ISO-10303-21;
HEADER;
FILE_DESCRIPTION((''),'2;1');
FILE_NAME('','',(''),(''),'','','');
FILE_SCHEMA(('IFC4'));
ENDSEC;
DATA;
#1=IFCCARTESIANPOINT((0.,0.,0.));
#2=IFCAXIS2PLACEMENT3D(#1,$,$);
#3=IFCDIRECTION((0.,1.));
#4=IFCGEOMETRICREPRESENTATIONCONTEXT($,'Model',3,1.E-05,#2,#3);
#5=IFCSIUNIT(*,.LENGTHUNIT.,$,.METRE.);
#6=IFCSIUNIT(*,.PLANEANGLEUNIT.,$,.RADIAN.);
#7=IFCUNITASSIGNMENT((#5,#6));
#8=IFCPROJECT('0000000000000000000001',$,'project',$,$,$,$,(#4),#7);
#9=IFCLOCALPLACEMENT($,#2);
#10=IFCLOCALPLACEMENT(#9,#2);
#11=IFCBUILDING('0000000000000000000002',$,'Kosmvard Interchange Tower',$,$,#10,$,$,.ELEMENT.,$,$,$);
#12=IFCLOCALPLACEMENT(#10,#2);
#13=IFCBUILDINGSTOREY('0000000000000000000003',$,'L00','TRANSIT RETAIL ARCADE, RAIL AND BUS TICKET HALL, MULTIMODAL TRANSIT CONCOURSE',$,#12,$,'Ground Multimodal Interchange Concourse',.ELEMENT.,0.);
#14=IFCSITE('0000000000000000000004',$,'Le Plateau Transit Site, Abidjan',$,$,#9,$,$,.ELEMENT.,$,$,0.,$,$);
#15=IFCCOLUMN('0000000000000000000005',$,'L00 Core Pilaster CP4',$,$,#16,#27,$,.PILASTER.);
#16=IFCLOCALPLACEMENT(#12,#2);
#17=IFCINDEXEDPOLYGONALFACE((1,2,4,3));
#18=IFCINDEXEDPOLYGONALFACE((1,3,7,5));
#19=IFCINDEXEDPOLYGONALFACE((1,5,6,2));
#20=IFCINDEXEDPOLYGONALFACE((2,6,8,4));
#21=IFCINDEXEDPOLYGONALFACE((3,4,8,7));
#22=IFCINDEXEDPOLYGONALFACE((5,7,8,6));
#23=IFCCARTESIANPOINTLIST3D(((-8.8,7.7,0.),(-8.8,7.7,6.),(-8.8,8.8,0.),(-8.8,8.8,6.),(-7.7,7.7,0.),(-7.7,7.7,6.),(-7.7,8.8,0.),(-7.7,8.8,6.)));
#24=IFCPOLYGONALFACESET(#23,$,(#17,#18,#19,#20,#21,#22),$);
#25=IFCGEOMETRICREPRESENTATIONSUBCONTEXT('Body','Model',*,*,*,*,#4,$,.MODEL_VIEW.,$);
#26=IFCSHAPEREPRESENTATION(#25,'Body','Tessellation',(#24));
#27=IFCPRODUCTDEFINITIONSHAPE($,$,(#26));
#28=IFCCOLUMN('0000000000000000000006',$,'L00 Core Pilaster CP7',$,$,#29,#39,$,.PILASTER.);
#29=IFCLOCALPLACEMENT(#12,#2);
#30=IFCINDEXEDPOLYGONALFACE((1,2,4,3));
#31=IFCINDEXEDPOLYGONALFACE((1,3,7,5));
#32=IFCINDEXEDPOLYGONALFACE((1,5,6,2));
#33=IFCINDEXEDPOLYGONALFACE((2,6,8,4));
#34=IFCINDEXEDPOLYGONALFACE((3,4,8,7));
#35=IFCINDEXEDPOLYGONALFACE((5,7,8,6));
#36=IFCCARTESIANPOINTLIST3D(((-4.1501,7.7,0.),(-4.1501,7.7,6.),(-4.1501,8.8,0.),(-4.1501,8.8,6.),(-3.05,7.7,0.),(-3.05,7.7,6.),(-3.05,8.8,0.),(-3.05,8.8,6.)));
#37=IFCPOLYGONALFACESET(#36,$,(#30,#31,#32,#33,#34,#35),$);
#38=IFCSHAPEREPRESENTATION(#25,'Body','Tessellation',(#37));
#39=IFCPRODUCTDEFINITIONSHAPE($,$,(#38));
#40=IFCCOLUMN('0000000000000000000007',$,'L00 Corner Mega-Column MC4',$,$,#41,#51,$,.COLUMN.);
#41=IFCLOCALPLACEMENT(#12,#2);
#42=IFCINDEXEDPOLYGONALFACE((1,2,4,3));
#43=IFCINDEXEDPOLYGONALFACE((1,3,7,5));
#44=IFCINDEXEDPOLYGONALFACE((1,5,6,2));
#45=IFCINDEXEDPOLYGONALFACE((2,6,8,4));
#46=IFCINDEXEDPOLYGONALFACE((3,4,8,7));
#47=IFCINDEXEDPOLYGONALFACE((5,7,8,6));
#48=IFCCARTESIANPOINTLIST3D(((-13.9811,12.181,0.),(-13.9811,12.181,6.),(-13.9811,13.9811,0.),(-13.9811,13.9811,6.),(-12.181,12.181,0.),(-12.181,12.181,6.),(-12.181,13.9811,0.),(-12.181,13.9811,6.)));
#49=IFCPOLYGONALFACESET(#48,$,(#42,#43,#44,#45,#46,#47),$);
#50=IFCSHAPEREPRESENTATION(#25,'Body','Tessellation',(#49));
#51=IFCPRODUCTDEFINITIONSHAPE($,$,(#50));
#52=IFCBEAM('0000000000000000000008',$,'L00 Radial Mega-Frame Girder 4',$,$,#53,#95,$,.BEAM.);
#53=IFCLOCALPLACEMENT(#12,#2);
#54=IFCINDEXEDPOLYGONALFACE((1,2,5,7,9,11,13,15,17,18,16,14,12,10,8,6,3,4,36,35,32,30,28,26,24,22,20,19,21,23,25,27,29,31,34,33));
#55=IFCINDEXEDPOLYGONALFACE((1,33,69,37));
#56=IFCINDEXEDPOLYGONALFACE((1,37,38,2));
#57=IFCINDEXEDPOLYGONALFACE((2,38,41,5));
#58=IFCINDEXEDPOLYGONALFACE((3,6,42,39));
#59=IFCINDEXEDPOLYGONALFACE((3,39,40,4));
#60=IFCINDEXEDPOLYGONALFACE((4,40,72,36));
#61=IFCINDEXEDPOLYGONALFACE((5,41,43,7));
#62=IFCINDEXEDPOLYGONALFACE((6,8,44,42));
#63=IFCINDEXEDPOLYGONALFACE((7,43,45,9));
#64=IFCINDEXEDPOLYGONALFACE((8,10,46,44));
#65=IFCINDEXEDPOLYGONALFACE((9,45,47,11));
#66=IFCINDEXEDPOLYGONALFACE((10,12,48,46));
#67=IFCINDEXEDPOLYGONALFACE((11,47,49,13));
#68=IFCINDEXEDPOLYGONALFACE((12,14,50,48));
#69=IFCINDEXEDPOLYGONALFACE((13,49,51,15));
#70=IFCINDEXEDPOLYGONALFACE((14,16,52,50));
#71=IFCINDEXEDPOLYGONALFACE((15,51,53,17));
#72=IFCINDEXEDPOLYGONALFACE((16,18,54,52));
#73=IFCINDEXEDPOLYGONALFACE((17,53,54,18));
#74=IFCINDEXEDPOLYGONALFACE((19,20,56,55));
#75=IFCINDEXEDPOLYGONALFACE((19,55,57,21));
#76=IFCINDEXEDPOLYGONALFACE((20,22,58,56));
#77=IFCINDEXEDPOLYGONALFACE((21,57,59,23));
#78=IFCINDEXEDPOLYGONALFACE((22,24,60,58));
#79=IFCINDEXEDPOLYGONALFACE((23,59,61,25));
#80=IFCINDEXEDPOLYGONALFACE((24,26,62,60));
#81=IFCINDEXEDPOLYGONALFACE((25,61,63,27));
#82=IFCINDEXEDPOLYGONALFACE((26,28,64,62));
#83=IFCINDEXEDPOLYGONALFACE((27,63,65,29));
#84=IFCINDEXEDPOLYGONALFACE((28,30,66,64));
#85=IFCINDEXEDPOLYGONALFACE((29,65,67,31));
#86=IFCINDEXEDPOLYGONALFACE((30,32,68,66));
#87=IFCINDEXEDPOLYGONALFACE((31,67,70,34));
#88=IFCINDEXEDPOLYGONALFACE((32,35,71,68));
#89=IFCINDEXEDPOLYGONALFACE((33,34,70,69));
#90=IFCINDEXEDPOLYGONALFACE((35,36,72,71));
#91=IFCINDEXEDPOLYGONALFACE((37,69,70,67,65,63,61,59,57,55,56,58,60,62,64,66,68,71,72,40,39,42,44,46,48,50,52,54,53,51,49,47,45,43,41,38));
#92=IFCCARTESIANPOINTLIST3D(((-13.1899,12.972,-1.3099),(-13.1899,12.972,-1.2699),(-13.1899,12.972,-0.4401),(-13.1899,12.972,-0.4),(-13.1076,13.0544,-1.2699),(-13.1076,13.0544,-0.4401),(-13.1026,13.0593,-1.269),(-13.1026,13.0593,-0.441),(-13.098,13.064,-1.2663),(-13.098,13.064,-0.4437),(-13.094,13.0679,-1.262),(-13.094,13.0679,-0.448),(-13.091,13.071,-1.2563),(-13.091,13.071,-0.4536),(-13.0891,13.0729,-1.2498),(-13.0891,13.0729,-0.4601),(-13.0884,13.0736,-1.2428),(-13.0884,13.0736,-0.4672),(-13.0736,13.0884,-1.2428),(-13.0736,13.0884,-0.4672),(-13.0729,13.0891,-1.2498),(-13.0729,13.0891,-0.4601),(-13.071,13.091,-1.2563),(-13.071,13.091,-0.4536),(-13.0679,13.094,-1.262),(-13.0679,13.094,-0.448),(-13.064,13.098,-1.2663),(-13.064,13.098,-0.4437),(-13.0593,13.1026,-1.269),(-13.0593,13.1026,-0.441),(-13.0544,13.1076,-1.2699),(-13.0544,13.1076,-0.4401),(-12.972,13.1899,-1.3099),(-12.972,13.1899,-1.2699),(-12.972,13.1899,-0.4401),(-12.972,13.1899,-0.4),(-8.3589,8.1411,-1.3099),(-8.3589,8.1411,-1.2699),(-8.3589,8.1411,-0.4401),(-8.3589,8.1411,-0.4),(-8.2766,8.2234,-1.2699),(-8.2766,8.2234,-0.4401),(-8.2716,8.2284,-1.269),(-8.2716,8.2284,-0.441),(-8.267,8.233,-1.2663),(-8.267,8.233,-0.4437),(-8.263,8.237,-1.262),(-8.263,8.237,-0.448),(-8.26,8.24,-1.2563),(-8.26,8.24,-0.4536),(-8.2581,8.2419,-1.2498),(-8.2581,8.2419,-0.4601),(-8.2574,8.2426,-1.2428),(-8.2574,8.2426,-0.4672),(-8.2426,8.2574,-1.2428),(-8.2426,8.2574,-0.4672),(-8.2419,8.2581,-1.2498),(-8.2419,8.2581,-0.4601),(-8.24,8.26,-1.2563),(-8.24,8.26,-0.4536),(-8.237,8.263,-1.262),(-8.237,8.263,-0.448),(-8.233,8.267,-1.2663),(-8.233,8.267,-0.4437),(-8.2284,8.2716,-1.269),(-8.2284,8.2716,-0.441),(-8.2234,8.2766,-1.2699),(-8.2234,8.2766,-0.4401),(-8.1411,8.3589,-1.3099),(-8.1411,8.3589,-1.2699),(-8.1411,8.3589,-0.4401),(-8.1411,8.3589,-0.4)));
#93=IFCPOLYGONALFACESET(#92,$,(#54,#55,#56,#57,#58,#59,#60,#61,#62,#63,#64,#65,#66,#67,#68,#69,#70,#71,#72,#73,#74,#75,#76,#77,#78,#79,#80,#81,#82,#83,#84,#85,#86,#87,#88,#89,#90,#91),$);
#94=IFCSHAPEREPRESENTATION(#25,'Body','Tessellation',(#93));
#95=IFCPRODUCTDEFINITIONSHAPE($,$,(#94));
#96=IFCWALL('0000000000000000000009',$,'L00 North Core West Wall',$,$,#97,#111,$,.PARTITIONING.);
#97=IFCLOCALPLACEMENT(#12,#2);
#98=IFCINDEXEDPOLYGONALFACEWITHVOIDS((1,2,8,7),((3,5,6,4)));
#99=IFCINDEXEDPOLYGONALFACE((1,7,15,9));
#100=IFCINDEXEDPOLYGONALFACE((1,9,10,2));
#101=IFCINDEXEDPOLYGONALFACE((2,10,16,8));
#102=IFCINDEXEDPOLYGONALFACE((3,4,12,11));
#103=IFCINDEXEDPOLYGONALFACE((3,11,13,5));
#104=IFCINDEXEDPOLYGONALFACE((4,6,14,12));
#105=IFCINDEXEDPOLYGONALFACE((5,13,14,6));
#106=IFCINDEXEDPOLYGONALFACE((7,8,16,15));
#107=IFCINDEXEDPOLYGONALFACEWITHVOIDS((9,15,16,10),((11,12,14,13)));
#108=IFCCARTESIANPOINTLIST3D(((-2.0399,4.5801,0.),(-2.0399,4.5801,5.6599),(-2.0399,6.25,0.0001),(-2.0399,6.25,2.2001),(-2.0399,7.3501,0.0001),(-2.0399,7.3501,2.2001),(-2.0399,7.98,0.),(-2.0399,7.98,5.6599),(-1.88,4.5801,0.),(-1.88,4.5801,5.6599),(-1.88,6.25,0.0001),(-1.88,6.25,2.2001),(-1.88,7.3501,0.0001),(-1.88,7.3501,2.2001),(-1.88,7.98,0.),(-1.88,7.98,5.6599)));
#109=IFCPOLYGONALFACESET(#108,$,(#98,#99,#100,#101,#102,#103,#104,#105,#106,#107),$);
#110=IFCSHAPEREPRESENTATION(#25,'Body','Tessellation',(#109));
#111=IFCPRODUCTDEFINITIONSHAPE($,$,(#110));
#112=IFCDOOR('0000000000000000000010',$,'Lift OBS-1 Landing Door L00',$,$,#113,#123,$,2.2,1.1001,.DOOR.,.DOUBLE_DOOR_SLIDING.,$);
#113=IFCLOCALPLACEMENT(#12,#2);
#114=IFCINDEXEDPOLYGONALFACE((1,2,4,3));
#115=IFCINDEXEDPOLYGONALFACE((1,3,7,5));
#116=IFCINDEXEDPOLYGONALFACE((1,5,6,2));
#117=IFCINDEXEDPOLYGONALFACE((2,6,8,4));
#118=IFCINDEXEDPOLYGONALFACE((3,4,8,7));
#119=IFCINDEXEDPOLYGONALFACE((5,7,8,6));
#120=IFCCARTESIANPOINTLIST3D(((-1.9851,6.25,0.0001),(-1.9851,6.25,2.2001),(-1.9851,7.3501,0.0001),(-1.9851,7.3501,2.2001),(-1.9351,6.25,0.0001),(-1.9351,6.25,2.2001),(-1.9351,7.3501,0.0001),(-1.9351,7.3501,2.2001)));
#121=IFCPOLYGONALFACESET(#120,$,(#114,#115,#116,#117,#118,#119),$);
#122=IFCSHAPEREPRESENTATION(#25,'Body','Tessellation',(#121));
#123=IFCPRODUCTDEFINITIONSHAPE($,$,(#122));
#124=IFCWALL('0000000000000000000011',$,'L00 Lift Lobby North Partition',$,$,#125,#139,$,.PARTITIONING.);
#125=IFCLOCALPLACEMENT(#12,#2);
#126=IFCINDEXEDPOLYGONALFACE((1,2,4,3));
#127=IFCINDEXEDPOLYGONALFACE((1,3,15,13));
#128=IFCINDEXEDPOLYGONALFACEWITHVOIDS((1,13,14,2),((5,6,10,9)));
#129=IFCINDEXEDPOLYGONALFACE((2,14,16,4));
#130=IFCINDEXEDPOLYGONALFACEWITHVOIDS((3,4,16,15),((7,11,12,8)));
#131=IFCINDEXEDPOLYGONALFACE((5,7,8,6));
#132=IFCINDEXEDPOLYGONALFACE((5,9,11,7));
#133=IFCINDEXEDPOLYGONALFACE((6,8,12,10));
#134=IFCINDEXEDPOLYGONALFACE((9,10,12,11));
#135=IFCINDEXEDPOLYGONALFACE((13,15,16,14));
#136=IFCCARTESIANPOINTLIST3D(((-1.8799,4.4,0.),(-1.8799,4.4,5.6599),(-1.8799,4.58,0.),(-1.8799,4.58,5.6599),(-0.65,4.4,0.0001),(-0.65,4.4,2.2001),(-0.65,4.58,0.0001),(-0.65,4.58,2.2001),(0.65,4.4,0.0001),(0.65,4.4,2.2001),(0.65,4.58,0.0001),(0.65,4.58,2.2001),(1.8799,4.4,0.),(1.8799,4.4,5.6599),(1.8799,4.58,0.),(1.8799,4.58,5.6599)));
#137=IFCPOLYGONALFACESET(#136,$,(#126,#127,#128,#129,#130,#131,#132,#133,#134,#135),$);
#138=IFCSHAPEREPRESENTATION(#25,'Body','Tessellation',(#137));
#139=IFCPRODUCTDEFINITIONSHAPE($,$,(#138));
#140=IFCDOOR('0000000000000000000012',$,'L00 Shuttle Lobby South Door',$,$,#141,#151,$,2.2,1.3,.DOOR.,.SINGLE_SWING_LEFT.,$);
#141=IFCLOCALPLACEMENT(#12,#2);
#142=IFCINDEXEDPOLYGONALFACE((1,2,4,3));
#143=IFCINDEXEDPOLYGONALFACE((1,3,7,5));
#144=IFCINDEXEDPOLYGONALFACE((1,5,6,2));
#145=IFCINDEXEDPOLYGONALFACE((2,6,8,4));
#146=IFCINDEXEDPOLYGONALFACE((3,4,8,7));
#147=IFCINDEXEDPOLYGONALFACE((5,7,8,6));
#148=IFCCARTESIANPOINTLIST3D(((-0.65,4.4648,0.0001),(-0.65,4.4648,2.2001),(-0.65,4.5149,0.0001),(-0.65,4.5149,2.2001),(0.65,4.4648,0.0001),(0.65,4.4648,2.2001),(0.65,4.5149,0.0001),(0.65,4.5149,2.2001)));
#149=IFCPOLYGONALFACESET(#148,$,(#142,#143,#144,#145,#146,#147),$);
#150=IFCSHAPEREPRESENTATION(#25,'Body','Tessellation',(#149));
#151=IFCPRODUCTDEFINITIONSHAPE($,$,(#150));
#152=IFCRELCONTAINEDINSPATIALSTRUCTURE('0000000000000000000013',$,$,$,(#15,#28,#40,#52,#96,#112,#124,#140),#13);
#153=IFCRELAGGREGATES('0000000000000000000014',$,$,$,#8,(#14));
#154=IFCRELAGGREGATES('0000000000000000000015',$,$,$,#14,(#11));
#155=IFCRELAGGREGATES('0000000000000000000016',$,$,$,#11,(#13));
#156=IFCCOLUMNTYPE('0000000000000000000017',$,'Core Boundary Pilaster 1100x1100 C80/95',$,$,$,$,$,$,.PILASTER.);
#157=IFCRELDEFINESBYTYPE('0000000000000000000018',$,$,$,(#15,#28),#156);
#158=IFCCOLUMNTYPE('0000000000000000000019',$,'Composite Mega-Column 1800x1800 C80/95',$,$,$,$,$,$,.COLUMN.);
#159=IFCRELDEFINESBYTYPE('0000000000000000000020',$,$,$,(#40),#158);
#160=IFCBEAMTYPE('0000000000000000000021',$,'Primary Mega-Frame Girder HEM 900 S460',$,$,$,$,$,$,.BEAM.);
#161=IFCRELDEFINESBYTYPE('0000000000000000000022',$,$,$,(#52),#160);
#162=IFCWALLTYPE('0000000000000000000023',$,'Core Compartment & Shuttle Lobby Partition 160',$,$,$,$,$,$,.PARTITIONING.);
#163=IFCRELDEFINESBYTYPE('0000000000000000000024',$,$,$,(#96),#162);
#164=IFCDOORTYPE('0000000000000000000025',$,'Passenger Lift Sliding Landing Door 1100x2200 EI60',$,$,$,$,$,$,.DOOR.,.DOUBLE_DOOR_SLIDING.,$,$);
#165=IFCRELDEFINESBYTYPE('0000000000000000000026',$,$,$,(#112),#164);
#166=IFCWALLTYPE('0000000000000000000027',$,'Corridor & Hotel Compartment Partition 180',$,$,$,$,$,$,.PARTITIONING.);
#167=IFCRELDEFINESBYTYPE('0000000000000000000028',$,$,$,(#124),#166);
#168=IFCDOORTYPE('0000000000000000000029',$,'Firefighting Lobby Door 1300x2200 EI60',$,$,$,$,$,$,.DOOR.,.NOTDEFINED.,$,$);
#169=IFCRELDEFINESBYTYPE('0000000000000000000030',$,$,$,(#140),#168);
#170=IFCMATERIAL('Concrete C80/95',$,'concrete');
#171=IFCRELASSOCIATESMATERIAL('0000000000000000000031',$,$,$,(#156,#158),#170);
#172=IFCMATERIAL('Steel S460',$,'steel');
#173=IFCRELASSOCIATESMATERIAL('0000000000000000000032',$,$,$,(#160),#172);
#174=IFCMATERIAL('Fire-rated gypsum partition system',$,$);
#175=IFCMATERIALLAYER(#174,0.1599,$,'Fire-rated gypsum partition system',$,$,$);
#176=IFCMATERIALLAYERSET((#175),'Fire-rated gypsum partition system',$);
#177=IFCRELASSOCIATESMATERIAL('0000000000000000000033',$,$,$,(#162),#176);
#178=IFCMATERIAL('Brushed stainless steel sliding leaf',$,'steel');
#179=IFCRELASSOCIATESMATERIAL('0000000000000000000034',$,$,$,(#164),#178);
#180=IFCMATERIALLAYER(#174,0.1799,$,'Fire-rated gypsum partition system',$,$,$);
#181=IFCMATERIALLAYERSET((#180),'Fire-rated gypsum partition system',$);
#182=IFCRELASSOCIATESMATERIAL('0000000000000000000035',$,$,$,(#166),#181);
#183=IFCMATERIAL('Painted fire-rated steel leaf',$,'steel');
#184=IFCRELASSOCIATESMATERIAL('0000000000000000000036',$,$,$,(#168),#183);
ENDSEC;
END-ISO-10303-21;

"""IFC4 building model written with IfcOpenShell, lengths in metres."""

from ifc_helpers import new_model, si_unit, direction, frame, frame_2d, origin, origin_2d, place, context, subcontext, project, spatial, rectangle, i_section, extrude, source, transform, mapped, material, layer, layer_set, material_profile, profile_set, type_object, element, fill, save


model = new_model("IFC4")

# Units and contexts
model_context = context("Model", 3, precision=1e-05, world=origin(), true_north=direction((0.0, 1.0)))
body_context = subcontext(model_context, "Body", "Model", "MODEL_VIEW")
ifc_project = project(units=[si_unit("LENGTHUNIT", "METRE"), si_unit("PLANEANGLEUNIT", "RADIAN")], contexts=[model_context])

# Site, building, storey
site_placement = place(None, origin())
site = spatial("IfcSite", under=ifc_project, at=site_placement, Name="Le Plateau Transit Site, Abidjan", CompositionType="ELEMENT", RefElevation=0.0)
building_placement = place(site_placement, origin())
building = spatial("IfcBuilding", under=site, at=building_placement, Name="Kosmvard Interchange Tower", CompositionType="ELEMENT")
storey_placement = place(building_placement, origin())
storey = spatial("IfcBuildingStorey", under=building, at=storey_placement, Name="L00", Description="TRANSIT RETAIL ARCADE, RAIL AND BUS TICKET HALL, MULTIMODAL TRANSIT CONCOURSE", LongName="Ground Multimodal Interchange Concourse", CompositionType="ELEMENT", Elevation=0.0)

# Columns
ifc_material_1 = material(Name="Concrete C80/95", Category="concrete")
ifc_material_profile_1 = material_profile(ifc_material_1, rectangle(XDim=1.1001, YDim=1.1001, at=origin_2d()), Name="CP 1100x1100")
ifc_profile_set_1 = profile_set([ifc_material_profile_1], Name="Concrete C80/95")
column_type_1 = type_object("IfcColumnType", Name="Core Boundary Pilaster 1100x1100 C80/95", PredefinedType="PILASTER", material=ifc_profile_set_1)
shared_shape_1 = source(origin(), body_context, "Body", "SweptSolid", [
    extrude(rectangle(XDim=1.1001, YDim=1.1001, at=origin_2d()), origin(), (0.0, 0.0, 1.0), 6.0),
])
for number, where, z_axis, x_axis, name in (
    (1, (-8.25, 8.25, 0.0), (0.0, 0.0, 1.0), (1.0, 0.0, 0.0), "L00 Core Pilaster CP4"),
    (2, (-3.6001, 8.25, 0.0), (0.0, 0.0, 1.0), (1.0, 0.0, 0.0), "L00 Core Pilaster CP7"),
):
    element("IfcColumn", number, at=place(storey_placement, frame(where, z_axis=z_axis, x_axis=x_axis)), inside=storey, type_object=column_type_1, Name=name, PredefinedType="PILASTER", context=body_context, shape_type="MappedRepresentation", body=[
        mapped(shared_shape_1, transform((0.0, 0.0, 0.0), scale=1.0)),
    ])
ifc_material_profile_2 = material_profile(ifc_material_1, rectangle(XDim=1.8, YDim=1.8, at=origin_2d()), Name="MC 1800x1800")
ifc_profile_set_2 = profile_set([ifc_material_profile_2], Name="Concrete C80/95")
column_type_2 = type_object("IfcColumnType", Name="Composite Mega-Column 1800x1800 C80/95", PredefinedType="COLUMN", material=ifc_profile_set_2)
shared_shape_2 = source(origin(), body_context, "Body", "SweptSolid", [
    extrude(rectangle(XDim=1.8, YDim=1.8, at=origin_2d()), origin(), (0.0, 0.0, 1.0), 6.0),
])
column_placement = place(storey_placement, frame((-13.0811, 13.0811, 0.0), z_axis=(0.0, 0.0, 1.0), x_axis=(1.0, 0.0, 0.0)))
element("IfcColumn", 3, at=column_placement, inside=storey, type_object=column_type_2, Name="L00 Corner Mega-Column MC4", PredefinedType="COLUMN", context=body_context, shape_type="MappedRepresentation", body=[
    mapped(shared_shape_2, transform((0.0, 0.0, 0.0), scale=1.0)),
])

# Beam
ifc_material_2 = material(Name="Steel S460", Category="steel")
ifc_material_profile_3 = material_profile(ifc_material_2, i_section(OverallWidth=0.3081, OverallDepth=0.9099, WebThickness=0.021, FlangeThickness=0.04, FilletRadius=0.0271, at=origin_2d()), Name="HEM 900")
ifc_profile_set_3 = profile_set([ifc_material_profile_3], Name="Steel S460")
beam_type = type_object("IfcBeamType", Name="Primary Mega-Frame Girder HEM 900 S460", PredefinedType="BEAM", material=ifc_profile_set_3)
shared_shape_3 = source(origin(), body_context, "Body", "SweptSolid", [
    extrude(i_section(OverallWidth=0.3081, OverallDepth=0.9099, WebThickness=0.021, FlangeThickness=0.04, FilletRadius=0.0271, at=origin_2d()), origin(), (0.0, 0.0, 1.0), 6.832),
])
beam_placement = place(storey_placement, frame((-8.25, 8.25, -0.855), z_axis=(-0.707107, 0.707107, 0.0), x_axis=(-0.707107, -0.707107, 0.0)))
element("IfcBeam", 4, at=beam_placement, inside=storey, type_object=beam_type, Name="L00 Radial Mega-Frame Girder 4", PredefinedType="BEAM", context=body_context, shape_type="MappedRepresentation", body=[
    mapped(shared_shape_3, transform((0.0, 0.0, 0.0), scale=1.0)),
])

# Walls, openings, doors
ifc_material_3 = material(Name="Fire-rated gypsum partition system")
ifc_layer_1 = layer(ifc_material_3, 0.1599, Name="Fire-rated gypsum partition system")
ifc_layer_set_1 = layer_set([ifc_layer_1], Name="Fire-rated gypsum partition system")
wall_type_1 = type_object("IfcWallType", Name="Core Compartment & Shuttle Lobby Partition 160", PredefinedType="PARTITIONING", material=ifc_layer_set_1)
wall_1_placement = place(storey_placement, frame((-1.96, 4.5801, 0.0), z_axis=(0.0, 0.0, 1.0), x_axis=(0.0, 1.0, 0.0)))
wall_1 = element("IfcWall", 5, at=wall_1_placement, inside=storey, type_object=wall_type_1, Name="L00 North Core West Wall", PredefinedType="PARTITIONING", context=body_context, shape_type="SweptSolid", body=[
    extrude(rectangle(XDim=3.3999, YDim=0.1599, at=frame_2d((1.7, 0.0))), origin(), (0.0, 0.0, 1.0), 5.6599),
])
opening_1_placement = place(wall_1_placement, frame((1.6699, 0.0, 0.0)))
opening_1 = element("IfcOpeningElement", 6, at=opening_1_placement, cuts=wall_1, PredefinedType="OPENING", context=body_context, shape_type="SweptSolid", body=[
    extrude(rectangle(XDim=1.1001, YDim=2.2, at=frame_2d((0.55, 1.1001))), frame((0.0, 0.0898, 0.0), z_axis=(0.0, -1.0, 0.0), x_axis=(1.0, 0.0, 0.0)), (0.0, 0.0, 1.0), 0.1799),
])
ifc_material_4 = material(Name="Brushed stainless steel sliding leaf", Category="steel")
door_type_1 = type_object("IfcDoorType", Name="Passenger Lift Sliding Landing Door 1100x2200 EI60", OperationType="DOUBLE_DOOR_SLIDING", PredefinedType="DOOR", material=ifc_material_4)
shared_shape_4 = source(origin(), body_context, "Body", "SweptSolid", [
    extrude(rectangle(XDim=1.1001, YDim=2.2, at=frame_2d((0.55, 1.1001))), frame((0.0, 0.0249, 0.0), z_axis=(0.0, -1.0, 0.0), x_axis=(1.0, 0.0, 0.0)), (0.0, 0.0, 1.0), 0.05),
])
door_1_placement = place(opening_1_placement, frame((1.1001, 0.0, 0.0), z_axis=(0.0, 0.0, 1.0), x_axis=(-1.0, 0.0, 0.0)))
door_1 = element("IfcDoor", 7, at=door_1_placement, inside=storey, type_object=door_type_1, Name="Lift OBS-1 Landing Door L00", OperationType="DOUBLE_DOOR_SLIDING", OverallHeight=2.2, OverallWidth=1.1001, PredefinedType="DOOR", context=body_context, shape_type="MappedRepresentation", body=[
    mapped(shared_shape_4, transform((0.0, 0.0, 0.0), scale=1.0)),
])
fill(opening_1, door_1)
ifc_layer_2 = layer(ifc_material_3, 0.1799, Name="Fire-rated gypsum partition system")
ifc_layer_set_2 = layer_set([ifc_layer_2], Name="Fire-rated gypsum partition system")
wall_type_2 = type_object("IfcWallType", Name="Corridor & Hotel Compartment Partition 180", PredefinedType="PARTITIONING", material=ifc_layer_set_2)
wall_2_placement = place(storey_placement, frame((-1.8799, 4.49, 0.0), z_axis=(0.0, 0.0, 1.0), x_axis=(1.0, 0.0, 0.0)))
wall_2 = element("IfcWall", 8, at=wall_2_placement, inside=storey, type_object=wall_type_2, Name="L00 Lift Lobby North Partition", PredefinedType="PARTITIONING", context=body_context, shape_type="SweptSolid", body=[
    extrude(rectangle(XDim=3.7598, YDim=0.1799, at=frame_2d((1.8799, 0.0))), origin(), (0.0, 0.0, 1.0), 5.6599),
])
opening_2_placement = place(wall_2_placement, frame((1.23, 0.0, 0.0)))
opening_2 = element("IfcOpeningElement", 9, at=opening_2_placement, cuts=wall_2, PredefinedType="OPENING", context=body_context, shape_type="SweptSolid", body=[
    extrude(rectangle(XDim=1.3, YDim=2.2, at=frame_2d((0.6499, 1.1001))), frame((0.0, 0.1001, 0.0), z_axis=(0.0, -1.0, 0.0), x_axis=(1.0, 0.0, 0.0)), (0.0, 0.0, 1.0), 0.2),
])
ifc_material_5 = material(Name="Painted fire-rated steel leaf", Category="steel")
door_type_2 = type_object("IfcDoorType", Name="Firefighting Lobby Door 1300x2200 EI60", OperationType="NOTDEFINED", PredefinedType="DOOR", material=ifc_material_5)
shared_shape_5 = source(origin(), body_context, "Body", "SweptSolid", [
    extrude(rectangle(XDim=1.3, YDim=2.2, at=frame_2d((0.6499, 1.1001))), frame((0.0, 0.0249, 0.0), z_axis=(0.0, -1.0, 0.0), x_axis=(1.0, 0.0, 0.0)), (0.0, 0.0, 1.0), 0.05),
])
door_2_placement = place(opening_2_placement, origin())
door_2 = element("IfcDoor", 10, at=door_2_placement, inside=storey, type_object=door_type_2, Name="L00 Shuttle Lobby South Door", OperationType="SINGLE_SWING_LEFT", OverallHeight=2.2, OverallWidth=1.3, PredefinedType="DOOR", context=body_context, shape_type="MappedRepresentation", body=[
    mapped(shared_shape_5, transform((0.0, 0.0, 0.0), scale=1.0)),
])
fill(opening_2, door_2)

save(model, "model.ifc")
